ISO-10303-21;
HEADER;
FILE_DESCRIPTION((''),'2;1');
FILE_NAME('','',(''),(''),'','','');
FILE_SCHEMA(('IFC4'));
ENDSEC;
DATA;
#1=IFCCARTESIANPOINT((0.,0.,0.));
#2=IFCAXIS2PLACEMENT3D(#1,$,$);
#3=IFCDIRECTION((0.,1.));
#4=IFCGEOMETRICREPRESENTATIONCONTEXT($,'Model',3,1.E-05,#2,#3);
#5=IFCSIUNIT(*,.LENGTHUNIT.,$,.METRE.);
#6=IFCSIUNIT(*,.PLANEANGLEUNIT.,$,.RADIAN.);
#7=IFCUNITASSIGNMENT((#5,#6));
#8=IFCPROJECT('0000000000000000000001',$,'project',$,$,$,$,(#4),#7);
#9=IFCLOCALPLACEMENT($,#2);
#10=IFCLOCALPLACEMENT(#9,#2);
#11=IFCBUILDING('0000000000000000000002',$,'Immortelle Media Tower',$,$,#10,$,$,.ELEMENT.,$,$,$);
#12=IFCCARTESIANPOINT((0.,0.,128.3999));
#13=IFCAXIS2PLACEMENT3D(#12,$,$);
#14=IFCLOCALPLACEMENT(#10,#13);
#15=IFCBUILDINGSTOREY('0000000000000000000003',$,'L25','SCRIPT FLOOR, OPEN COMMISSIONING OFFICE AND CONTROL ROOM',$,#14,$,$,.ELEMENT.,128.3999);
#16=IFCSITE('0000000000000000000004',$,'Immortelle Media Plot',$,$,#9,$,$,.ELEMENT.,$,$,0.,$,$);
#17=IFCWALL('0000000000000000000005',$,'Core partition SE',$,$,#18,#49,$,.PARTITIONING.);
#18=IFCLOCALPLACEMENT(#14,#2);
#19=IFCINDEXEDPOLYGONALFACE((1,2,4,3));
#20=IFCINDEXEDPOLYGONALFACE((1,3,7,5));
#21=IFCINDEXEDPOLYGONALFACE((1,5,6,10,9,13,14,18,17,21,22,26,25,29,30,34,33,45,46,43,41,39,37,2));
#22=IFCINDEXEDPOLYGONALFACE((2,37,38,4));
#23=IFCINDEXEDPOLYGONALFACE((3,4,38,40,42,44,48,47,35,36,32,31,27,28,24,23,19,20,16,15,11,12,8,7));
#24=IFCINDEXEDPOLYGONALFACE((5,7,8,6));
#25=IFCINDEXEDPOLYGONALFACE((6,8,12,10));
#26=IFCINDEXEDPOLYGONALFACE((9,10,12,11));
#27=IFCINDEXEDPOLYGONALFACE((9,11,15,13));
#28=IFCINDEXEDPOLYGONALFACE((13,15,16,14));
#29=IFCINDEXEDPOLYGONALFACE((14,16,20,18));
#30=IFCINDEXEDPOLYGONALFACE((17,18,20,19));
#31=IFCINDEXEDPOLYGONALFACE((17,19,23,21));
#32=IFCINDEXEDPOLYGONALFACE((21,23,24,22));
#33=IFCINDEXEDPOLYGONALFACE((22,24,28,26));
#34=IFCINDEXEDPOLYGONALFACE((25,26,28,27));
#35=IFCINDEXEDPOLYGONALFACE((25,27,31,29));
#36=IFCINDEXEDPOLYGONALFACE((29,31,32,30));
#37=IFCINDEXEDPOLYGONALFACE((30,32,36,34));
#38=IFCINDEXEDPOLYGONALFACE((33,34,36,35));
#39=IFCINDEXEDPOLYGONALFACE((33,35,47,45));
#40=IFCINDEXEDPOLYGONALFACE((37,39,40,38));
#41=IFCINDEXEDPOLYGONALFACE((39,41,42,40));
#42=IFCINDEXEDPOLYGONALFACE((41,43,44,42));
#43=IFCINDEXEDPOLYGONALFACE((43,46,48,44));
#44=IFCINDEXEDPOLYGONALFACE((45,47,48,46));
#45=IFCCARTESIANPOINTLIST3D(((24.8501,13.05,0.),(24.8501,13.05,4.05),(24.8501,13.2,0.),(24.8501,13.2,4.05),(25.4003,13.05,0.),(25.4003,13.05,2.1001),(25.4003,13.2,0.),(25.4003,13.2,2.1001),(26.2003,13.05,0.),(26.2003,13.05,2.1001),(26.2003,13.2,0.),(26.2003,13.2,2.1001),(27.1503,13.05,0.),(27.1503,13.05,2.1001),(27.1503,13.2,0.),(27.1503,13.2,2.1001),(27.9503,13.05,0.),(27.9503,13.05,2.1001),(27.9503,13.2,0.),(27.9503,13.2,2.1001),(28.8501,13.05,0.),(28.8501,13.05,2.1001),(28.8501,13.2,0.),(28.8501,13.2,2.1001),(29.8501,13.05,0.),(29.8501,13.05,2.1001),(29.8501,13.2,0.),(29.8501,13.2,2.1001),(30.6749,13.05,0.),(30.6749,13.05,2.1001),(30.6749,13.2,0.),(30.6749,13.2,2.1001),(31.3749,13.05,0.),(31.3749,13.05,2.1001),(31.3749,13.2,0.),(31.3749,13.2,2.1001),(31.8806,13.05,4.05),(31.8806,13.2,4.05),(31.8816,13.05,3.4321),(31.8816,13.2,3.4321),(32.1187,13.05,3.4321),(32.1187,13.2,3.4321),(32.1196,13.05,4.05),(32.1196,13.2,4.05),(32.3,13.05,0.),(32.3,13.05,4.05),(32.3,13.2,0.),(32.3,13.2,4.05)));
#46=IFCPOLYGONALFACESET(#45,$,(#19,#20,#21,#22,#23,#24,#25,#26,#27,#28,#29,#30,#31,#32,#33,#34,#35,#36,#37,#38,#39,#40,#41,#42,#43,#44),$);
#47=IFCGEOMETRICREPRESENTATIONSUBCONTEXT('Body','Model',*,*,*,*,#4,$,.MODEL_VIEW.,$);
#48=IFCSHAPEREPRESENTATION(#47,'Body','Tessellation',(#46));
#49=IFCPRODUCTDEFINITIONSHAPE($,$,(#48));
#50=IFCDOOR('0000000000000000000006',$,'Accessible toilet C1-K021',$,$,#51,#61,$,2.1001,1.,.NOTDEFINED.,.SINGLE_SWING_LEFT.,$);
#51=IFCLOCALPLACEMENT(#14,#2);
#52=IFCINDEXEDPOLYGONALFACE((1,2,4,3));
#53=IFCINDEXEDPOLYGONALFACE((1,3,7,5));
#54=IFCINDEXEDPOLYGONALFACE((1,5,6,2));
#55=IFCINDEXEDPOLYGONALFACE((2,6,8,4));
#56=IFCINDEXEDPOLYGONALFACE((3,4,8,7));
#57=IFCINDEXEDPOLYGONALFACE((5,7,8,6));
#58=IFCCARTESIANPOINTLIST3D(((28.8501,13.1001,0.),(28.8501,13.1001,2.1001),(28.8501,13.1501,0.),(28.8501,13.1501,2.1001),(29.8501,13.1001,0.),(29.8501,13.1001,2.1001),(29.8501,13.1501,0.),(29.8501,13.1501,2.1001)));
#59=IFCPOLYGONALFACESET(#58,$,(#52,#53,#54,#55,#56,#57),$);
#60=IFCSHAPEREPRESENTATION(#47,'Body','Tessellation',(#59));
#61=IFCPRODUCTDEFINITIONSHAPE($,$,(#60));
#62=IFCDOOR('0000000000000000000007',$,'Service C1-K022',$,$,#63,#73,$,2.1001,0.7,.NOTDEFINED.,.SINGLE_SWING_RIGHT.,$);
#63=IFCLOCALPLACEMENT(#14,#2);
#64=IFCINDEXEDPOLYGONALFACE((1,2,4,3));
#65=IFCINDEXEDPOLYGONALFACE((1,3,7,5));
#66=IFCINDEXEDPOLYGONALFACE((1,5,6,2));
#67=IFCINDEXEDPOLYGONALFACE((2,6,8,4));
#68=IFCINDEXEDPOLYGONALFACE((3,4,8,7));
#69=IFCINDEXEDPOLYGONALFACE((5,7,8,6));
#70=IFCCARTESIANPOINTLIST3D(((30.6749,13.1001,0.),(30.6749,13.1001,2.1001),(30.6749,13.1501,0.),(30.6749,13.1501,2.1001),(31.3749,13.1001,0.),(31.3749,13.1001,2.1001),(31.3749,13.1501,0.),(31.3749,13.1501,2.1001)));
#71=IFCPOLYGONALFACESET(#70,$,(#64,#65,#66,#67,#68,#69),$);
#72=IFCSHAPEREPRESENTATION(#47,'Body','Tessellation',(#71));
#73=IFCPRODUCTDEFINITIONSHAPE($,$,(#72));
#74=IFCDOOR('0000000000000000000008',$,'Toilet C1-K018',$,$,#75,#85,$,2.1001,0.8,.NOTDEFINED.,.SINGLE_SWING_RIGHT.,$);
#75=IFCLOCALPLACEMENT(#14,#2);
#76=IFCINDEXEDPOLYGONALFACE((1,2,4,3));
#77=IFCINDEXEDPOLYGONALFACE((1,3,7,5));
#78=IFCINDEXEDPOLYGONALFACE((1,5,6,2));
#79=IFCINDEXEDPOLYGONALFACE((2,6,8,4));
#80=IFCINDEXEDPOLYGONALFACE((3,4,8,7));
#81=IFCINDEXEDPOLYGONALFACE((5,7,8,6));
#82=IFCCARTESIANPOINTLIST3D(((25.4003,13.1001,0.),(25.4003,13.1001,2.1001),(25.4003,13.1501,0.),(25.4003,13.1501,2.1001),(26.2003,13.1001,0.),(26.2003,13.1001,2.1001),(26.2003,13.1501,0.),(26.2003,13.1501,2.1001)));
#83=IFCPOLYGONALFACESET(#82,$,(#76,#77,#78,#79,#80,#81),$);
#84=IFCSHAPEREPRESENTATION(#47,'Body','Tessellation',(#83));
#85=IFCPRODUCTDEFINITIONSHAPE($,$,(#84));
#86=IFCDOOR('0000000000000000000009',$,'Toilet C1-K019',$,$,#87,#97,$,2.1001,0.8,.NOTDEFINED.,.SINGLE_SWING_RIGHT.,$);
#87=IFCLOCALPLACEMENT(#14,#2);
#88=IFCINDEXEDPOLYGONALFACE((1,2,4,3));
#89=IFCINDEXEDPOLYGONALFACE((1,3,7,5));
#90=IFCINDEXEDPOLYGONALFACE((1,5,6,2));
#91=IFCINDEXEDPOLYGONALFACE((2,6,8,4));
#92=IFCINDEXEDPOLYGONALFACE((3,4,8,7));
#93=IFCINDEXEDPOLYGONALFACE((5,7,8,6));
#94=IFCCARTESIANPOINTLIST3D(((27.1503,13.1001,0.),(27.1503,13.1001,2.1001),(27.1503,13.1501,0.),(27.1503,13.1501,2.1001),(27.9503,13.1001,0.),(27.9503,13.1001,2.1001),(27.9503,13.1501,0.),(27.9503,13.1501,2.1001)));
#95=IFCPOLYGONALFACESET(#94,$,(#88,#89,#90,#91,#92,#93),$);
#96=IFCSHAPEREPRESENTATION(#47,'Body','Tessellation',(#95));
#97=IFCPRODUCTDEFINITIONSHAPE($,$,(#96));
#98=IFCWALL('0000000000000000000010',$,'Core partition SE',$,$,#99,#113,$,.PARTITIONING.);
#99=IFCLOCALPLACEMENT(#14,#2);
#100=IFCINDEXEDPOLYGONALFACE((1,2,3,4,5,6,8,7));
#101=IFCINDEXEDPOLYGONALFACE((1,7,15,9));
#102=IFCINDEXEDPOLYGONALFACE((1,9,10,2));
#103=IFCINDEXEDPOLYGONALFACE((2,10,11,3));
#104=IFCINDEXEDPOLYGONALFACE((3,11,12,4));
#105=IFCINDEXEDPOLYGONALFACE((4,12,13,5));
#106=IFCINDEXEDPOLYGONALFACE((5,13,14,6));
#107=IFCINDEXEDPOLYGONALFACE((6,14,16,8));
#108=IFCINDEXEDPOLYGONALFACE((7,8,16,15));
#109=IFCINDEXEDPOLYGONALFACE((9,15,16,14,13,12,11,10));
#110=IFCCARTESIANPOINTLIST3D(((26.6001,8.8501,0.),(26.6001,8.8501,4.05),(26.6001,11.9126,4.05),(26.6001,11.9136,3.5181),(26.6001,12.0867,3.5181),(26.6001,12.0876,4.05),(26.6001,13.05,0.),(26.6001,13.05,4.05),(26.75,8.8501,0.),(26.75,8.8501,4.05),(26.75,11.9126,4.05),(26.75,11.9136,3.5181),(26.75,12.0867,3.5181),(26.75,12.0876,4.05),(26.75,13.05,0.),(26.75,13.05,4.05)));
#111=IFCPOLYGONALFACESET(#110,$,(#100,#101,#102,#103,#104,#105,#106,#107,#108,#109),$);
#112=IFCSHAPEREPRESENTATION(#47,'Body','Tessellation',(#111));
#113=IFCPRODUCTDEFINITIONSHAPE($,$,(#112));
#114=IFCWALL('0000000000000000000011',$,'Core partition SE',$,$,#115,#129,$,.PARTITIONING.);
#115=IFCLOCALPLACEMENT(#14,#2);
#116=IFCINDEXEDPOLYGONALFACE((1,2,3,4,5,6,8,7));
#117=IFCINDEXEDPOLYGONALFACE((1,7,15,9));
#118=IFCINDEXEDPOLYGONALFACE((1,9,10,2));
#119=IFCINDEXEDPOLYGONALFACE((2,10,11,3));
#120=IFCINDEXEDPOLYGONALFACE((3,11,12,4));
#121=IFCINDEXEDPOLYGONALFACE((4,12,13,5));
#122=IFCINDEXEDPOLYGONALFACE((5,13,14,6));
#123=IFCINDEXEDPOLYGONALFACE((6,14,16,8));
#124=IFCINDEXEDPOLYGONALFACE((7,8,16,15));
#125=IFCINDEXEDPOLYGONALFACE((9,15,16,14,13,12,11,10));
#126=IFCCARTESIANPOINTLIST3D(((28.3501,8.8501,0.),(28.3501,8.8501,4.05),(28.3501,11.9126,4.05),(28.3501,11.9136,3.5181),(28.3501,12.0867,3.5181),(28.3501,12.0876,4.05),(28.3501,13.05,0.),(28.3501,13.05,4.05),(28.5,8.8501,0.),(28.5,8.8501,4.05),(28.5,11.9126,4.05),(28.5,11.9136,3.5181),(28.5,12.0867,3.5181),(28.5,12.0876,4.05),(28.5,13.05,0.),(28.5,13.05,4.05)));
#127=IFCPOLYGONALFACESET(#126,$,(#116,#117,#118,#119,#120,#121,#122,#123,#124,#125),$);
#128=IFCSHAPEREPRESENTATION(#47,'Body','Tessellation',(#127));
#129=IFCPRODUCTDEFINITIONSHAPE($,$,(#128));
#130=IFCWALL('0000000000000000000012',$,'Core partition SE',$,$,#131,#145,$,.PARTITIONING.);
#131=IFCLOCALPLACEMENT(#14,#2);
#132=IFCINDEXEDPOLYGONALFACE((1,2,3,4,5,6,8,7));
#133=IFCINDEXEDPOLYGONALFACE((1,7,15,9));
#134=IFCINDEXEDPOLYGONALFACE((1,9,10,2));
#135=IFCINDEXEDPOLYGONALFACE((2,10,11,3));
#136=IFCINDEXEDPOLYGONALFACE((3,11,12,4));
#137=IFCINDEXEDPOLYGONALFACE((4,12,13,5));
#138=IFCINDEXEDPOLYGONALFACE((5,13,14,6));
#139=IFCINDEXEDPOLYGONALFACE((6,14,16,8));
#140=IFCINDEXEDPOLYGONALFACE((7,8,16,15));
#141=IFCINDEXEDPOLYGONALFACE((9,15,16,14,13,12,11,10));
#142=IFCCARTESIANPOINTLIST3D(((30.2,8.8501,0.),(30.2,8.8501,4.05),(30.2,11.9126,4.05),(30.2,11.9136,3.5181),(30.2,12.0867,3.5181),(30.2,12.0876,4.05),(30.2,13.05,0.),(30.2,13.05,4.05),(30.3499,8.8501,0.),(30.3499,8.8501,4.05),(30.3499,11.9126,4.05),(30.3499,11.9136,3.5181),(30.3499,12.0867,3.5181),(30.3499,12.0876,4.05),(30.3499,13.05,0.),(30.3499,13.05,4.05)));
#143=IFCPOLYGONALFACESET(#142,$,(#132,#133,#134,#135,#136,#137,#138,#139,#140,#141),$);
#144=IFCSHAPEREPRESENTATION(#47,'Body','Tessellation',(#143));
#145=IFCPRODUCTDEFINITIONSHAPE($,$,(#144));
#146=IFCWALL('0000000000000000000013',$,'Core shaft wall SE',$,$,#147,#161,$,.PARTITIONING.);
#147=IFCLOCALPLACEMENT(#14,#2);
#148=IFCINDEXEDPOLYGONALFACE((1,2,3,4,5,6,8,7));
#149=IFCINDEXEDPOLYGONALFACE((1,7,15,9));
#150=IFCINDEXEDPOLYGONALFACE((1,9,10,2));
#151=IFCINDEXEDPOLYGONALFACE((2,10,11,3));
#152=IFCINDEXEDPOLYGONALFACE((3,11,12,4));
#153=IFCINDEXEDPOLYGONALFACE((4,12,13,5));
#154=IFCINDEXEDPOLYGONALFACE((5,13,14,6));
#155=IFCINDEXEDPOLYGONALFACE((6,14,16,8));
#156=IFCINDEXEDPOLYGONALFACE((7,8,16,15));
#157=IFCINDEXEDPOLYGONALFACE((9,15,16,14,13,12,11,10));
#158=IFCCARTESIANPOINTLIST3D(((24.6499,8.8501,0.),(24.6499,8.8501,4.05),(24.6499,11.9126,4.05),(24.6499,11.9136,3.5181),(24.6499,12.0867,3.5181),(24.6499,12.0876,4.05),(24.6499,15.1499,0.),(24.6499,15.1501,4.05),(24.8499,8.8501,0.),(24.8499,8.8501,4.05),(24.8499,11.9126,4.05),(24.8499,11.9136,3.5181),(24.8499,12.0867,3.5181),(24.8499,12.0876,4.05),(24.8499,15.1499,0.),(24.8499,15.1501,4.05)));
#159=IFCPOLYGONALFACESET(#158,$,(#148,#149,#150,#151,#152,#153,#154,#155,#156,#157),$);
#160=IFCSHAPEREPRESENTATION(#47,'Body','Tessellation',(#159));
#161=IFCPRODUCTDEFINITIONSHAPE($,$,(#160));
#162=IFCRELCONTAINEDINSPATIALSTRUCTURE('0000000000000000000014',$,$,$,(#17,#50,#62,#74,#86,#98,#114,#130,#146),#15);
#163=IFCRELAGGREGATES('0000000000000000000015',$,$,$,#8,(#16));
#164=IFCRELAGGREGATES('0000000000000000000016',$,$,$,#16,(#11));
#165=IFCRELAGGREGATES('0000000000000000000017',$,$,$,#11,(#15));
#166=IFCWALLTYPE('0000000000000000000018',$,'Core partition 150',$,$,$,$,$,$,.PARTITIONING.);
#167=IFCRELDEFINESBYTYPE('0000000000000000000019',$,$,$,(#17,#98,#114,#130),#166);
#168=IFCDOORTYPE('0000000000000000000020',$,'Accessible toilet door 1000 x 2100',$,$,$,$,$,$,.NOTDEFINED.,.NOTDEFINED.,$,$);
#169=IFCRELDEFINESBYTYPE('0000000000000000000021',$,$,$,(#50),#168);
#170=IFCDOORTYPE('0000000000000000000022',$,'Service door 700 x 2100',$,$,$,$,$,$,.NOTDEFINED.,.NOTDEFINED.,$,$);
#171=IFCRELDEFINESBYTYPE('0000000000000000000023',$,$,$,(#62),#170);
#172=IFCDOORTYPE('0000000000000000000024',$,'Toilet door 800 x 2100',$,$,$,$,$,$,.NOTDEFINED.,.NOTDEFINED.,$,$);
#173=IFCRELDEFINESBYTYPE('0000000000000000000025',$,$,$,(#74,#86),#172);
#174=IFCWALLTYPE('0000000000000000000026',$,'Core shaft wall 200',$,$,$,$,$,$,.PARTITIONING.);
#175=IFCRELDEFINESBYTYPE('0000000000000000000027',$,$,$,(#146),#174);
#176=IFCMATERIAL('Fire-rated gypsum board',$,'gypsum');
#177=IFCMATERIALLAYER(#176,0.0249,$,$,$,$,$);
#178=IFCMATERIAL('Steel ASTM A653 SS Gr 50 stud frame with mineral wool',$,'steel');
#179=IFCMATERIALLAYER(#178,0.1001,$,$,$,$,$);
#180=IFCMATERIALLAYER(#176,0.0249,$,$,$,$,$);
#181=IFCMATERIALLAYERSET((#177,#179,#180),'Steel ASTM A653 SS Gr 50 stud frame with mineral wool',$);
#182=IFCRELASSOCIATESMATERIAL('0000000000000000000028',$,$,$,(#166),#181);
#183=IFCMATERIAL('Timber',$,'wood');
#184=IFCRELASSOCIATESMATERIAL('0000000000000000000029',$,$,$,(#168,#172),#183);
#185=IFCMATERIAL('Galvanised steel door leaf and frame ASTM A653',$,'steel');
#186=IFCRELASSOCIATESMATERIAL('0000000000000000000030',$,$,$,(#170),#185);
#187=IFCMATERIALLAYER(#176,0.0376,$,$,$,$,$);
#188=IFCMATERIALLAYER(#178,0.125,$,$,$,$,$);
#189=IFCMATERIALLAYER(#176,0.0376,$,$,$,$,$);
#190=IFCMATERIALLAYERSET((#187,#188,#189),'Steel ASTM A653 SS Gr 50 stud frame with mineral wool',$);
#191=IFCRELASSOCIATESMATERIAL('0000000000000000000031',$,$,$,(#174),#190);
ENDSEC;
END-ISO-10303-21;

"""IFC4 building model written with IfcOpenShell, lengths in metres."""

from ifc_helpers import new_model, si_unit, direction, frame, frame_2d, origin, place, context, subcontext, project, spatial, polyline, rectangle, outline, extrude, material, layer, layer_set, type_object, element, fill, save


model = new_model("IFC4")

# Units and contexts
model_context = context("Model", 3, precision=1e-05, world=origin(), true_north=direction((0.0, 1.0)))
body_context = subcontext(model_context, "Body", "Model", "MODEL_VIEW")
ifc_project = project(units=[si_unit("LENGTHUNIT", "METRE"), si_unit("PLANEANGLEUNIT", "RADIAN")], contexts=[model_context])

# Site, building, storey
site_placement = place(None, origin())
site = spatial("IfcSite", under=ifc_project, at=site_placement, Name="Immortelle Media Plot", CompositionType="ELEMENT", RefElevation=0.0)
building_placement = place(site_placement, origin())
building = spatial("IfcBuilding", under=site, at=building_placement, Name="Immortelle Media Tower", CompositionType="ELEMENT")
storey_placement = place(building_placement, frame((0.0, 0.0, 128.3999)))
storey = spatial("IfcBuildingStorey", under=building, at=storey_placement, Name="L25", Description="SCRIPT FLOOR, OPEN COMMISSIONING OFFICE AND CONTROL ROOM", CompositionType="ELEMENT", Elevation=128.3999)

# Wall, openings, doors
ifc_material_1 = material(Name="Fire-rated gypsum board", Category="gypsum")
ifc_layer_1 = layer(ifc_material_1, 0.0249)
ifc_material_2 = material(Name="Steel ASTM A653 SS Gr 50 stud frame with mineral wool", Category="steel")
ifc_layer_2 = layer(ifc_material_2, 0.1001)
ifc_layer_3 = layer(ifc_material_1, 0.0249)
ifc_layer_set_1 = layer_set([ifc_layer_1, ifc_layer_2, ifc_layer_3], Name="Steel ASTM A653 SS Gr 50 stud frame with mineral wool")
wall_type_1 = type_object("IfcWallType", Name="Core partition 150", PredefinedType="PARTITIONING", material=ifc_layer_set_1)
wall_1_placement = place(storey_placement, frame((24.8501, 13.125, 0.0), z_axis=(0.0, 0.0, 1.0), x_axis=(1.0, 0.0, 0.0)))
wall_1 = element("IfcWall", 1, at=wall_1_placement, inside=storey, type_object=wall_type_1, Name="Core partition SE", PredefinedType="PARTITIONING", context=body_context, shape_type="SweptSolid", body=[
    extrude(outline(polyline([(0.0, 0.0), (7.45, 0.0), (7.45, 4.05), (7.2695, 4.05), (7.2686, 3.4321), (7.0315, 3.4321), (7.0305, 4.05), (0.0, 4.05), (0.0, 0.0)])), frame((0.0, 0.075, 0.0), z_axis=(0.0, -1.0, 0.0), x_axis=(1.0, 0.0, 0.0)), (0.0, 0.0, 1.0), 0.1499),
])
opening_1_placement = place(wall_1_placement, frame((1.3501, 0.0, 0.0), z_axis=(0.0, 0.0, 1.0), x_axis=(-1.0, 0.0, 0.0)))
opening_1 = element("IfcOpeningElement", 2, at=opening_1_placement, cuts=wall_1, PredefinedType="OPENING", context=body_context, shape_type="SweptSolid", body=[
    extrude(rectangle(XDim=0.8, YDim=2.1001, at=frame_2d((0.3999, 1.05))), frame((0.0, 0.085, 0.0), z_axis=(0.0, -1.0, 0.0), x_axis=(1.0, 0.0, 0.0)), (0.0, 0.0, 1.0), 0.1699),
])
opening_2_placement = place(wall_1_placement, frame((3.1001, 0.0, 0.0), z_axis=(0.0, 0.0, 1.0), x_axis=(-1.0, 0.0, 0.0)))
opening_2 = element("IfcOpeningElement", 3, at=opening_2_placement, cuts=wall_1, PredefinedType="OPENING", context=body_context, shape_type="SweptSolid", body=[
    extrude(rectangle(XDim=0.8, YDim=2.1001, at=frame_2d((0.3999, 1.05))), frame((0.0, 0.085, 0.0), z_axis=(0.0, -1.0, 0.0), x_axis=(1.0, 0.0, 0.0)), (0.0, 0.0, 1.0), 0.1699),
])
opening_3_placement = place(wall_1_placement, frame((5.0, 0.0, 0.0), z_axis=(0.0, 0.0, 1.0), x_axis=(-1.0, 0.0, 0.0)))
opening_3 = element("IfcOpeningElement", 4, at=opening_3_placement, cuts=wall_1, PredefinedType="OPENING", context=body_context, shape_type="SweptSolid", body=[
    extrude(rectangle(XDim=1.0, YDim=2.1001, at=frame_2d((0.5, 1.05))), frame((0.0, 0.085, 0.0), z_axis=(0.0, -1.0, 0.0), x_axis=(1.0, 0.0, 0.0)), (0.0, 0.0, 1.0), 0.1699),
])
opening_4_placement = place(wall_1_placement, frame((6.5249, 0.0, 0.0), z_axis=(0.0, 0.0, 1.0), x_axis=(-1.0, 0.0, 0.0)))
opening_4 = element("IfcOpeningElement", 5, at=opening_4_placement, cuts=wall_1, PredefinedType="OPENING", context=body_context, shape_type="SweptSolid", body=[
    extrude(rectangle(XDim=0.7, YDim=2.1001, at=frame_2d((0.3501, 1.05))), frame((0.0, 0.085, 0.0), z_axis=(0.0, -1.0, 0.0), x_axis=(1.0, 0.0, 0.0)), (0.0, 0.0, 1.0), 0.1699),
])
ifc_material_3 = material(Name="Timber", Category="wood")
door_type_1 = type_object("IfcDoorType", Name="Accessible toilet door 1000 x 2100", OperationType="NOTDEFINED", PredefinedType="NOTDEFINED", material=ifc_material_3)
door_1_placement = place(opening_3_placement, origin())
door_1 = element("IfcDoor", 6, at=door_1_placement, inside=storey, type_object=door_type_1, Name="Accessible toilet C1-K021", OperationType="SINGLE_SWING_LEFT", OverallHeight=2.1001, OverallWidth=1.0, PredefinedType="NOTDEFINED", context=body_context, shape_type="SweptSolid", body=[
    extrude(rectangle(XDim=1.0, YDim=2.1001, at=frame_2d((0.5, 1.05))), frame((0.0, 0.0249, 0.0), z_axis=(0.0, -1.0, 0.0), x_axis=(1.0, 0.0, 0.0)), (0.0, 0.0, 1.0), 0.05),
])
fill(opening_3, door_1)
ifc_material_4 = material(Name="Galvanised steel door leaf and frame ASTM A653", Category="steel")
door_type_2 = type_object("IfcDoorType", Name="Service door 700 x 2100", OperationType="NOTDEFINED", PredefinedType="NOTDEFINED", material=ifc_material_4)
door_2_placement = place(opening_4_placement, origin())
door_2 = element("IfcDoor", 7, at=door_2_placement, inside=storey, type_object=door_type_2, Name="Service C1-K022", OperationType="SINGLE_SWING_RIGHT", OverallHeight=2.1001, OverallWidth=0.7, PredefinedType="NOTDEFINED", context=body_context, shape_type="SweptSolid", body=[
    extrude(rectangle(XDim=0.7, YDim=2.1001, at=frame_2d((0.3501, 1.05))), frame((0.0, 0.0249, 0.0), z_axis=(0.0, -1.0, 0.0), x_axis=(1.0, 0.0, 0.0)), (0.0, 0.0, 1.0), 0.05),
])
fill(opening_4, door_2)
door_type_3 = type_object("IfcDoorType", Name="Toilet door 800 x 2100", OperationType="NOTDEFINED", PredefinedType="NOTDEFINED", material=ifc_material_3)
door_3_placement = place(opening_1_placement, origin())
door_3 = element("IfcDoor", 8, at=door_3_placement, inside=storey, type_object=door_type_3, Name="Toilet C1-K018", OperationType="SINGLE_SWING_RIGHT", OverallHeight=2.1001, OverallWidth=0.8, PredefinedType="NOTDEFINED", context=body_context, shape_type="SweptSolid", body=[
    extrude(rectangle(XDim=0.8, YDim=2.1001, at=frame_2d((0.3999, 1.05))), frame((0.0, 0.0249, 0.0), z_axis=(0.0, -1.0, 0.0), x_axis=(1.0, 0.0, 0.0)), (0.0, 0.0, 1.0), 0.05),
])
fill(opening_1, door_3)
door_4_placement = place(opening_2_placement, origin())
door_4 = element("IfcDoor", 9, at=door_4_placement, inside=storey, type_object=door_type_3, Name="Toilet C1-K019", OperationType="SINGLE_SWING_RIGHT", OverallHeight=2.1001, OverallWidth=0.8, PredefinedType="NOTDEFINED", context=body_context, shape_type="SweptSolid", body=[
    extrude(rectangle(XDim=0.8, YDim=2.1001, at=frame_2d((0.3999, 1.05))), frame((0.0, 0.0249, 0.0), z_axis=(0.0, -1.0, 0.0), x_axis=(1.0, 0.0, 0.0)), (0.0, 0.0, 1.0), 0.05),
])
fill(opening_2, door_4)

# Walls
for number, where, z_axis, x_axis, name in (
    (10, (26.675, 8.8501, 0.0), (0.0, 0.0, 1.0), (0.0, 1.0, 0.0), "Core partition SE"),
    (11, (28.425, 8.8501, 0.0), (0.0, 0.0, 1.0), (0.0, 1.0, 0.0), "Core partition SE"),
    (12, (30.2749, 8.8501, 0.0), (0.0, 0.0, 1.0), (0.0, 1.0, 0.0), "Core partition SE"),
):
    element("IfcWall", number, at=place(storey_placement, frame(where, z_axis=z_axis, x_axis=x_axis)), inside=storey, type_object=wall_type_1, Name=name, PredefinedType="PARTITIONING", context=body_context, shape_type="SweptSolid", body=[
        extrude(outline(polyline([(0.0, 0.0), (4.2, 0.0), (4.2, 4.05), (3.2375, 4.05), (3.2366, 3.5181), (3.0635, 3.5181), (3.0625, 4.05), (0.0, 4.05), (0.0, 0.0)])), frame((0.0, 0.075, 0.0), z_axis=(0.0, -1.0, 0.0), x_axis=(1.0, 0.0, 0.0)), (0.0, 0.0, 1.0), 0.1499),
    ])
ifc_layer_4 = layer(ifc_material_1, 0.0376)
ifc_layer_5 = layer(ifc_material_2, 0.125)
ifc_layer_6 = layer(ifc_material_1, 0.0376)
ifc_layer_set_2 = layer_set([ifc_layer_4, ifc_layer_5, ifc_layer_6], Name="Steel ASTM A653 SS Gr 50 stud frame with mineral wool")
wall_type_2 = type_object("IfcWallType", Name="Core shaft wall 200", PredefinedType="PARTITIONING", material=ifc_layer_set_2)
wall_2_placement = place(storey_placement, frame((24.75, 8.8501, 0.0), z_axis=(0.0, 0.0, 1.0), x_axis=(0.0, 1.0, 0.0)))
element("IfcWall", 13, at=wall_2_placement, inside=storey, type_object=wall_type_2, Name="Core shaft wall SE", PredefinedType="PARTITIONING", context=body_context, shape_type="SweptSolid", body=[
    extrude(outline(polyline([(0.0, 0.0), (6.2998, 0.0), (6.3, 4.05), (3.2375, 4.05), (3.2366, 3.5181), (3.0635, 3.5181), (3.0625, 4.05), (0.0, 4.05), (0.0, 0.0)])), frame((0.0, 0.1001, 0.0), z_axis=(0.0, -1.0, 0.0), x_axis=(1.0, 0.0, 0.0)), (0.0, 0.0, 1.0), 0.2),
])

save(model, "model.ifc")
